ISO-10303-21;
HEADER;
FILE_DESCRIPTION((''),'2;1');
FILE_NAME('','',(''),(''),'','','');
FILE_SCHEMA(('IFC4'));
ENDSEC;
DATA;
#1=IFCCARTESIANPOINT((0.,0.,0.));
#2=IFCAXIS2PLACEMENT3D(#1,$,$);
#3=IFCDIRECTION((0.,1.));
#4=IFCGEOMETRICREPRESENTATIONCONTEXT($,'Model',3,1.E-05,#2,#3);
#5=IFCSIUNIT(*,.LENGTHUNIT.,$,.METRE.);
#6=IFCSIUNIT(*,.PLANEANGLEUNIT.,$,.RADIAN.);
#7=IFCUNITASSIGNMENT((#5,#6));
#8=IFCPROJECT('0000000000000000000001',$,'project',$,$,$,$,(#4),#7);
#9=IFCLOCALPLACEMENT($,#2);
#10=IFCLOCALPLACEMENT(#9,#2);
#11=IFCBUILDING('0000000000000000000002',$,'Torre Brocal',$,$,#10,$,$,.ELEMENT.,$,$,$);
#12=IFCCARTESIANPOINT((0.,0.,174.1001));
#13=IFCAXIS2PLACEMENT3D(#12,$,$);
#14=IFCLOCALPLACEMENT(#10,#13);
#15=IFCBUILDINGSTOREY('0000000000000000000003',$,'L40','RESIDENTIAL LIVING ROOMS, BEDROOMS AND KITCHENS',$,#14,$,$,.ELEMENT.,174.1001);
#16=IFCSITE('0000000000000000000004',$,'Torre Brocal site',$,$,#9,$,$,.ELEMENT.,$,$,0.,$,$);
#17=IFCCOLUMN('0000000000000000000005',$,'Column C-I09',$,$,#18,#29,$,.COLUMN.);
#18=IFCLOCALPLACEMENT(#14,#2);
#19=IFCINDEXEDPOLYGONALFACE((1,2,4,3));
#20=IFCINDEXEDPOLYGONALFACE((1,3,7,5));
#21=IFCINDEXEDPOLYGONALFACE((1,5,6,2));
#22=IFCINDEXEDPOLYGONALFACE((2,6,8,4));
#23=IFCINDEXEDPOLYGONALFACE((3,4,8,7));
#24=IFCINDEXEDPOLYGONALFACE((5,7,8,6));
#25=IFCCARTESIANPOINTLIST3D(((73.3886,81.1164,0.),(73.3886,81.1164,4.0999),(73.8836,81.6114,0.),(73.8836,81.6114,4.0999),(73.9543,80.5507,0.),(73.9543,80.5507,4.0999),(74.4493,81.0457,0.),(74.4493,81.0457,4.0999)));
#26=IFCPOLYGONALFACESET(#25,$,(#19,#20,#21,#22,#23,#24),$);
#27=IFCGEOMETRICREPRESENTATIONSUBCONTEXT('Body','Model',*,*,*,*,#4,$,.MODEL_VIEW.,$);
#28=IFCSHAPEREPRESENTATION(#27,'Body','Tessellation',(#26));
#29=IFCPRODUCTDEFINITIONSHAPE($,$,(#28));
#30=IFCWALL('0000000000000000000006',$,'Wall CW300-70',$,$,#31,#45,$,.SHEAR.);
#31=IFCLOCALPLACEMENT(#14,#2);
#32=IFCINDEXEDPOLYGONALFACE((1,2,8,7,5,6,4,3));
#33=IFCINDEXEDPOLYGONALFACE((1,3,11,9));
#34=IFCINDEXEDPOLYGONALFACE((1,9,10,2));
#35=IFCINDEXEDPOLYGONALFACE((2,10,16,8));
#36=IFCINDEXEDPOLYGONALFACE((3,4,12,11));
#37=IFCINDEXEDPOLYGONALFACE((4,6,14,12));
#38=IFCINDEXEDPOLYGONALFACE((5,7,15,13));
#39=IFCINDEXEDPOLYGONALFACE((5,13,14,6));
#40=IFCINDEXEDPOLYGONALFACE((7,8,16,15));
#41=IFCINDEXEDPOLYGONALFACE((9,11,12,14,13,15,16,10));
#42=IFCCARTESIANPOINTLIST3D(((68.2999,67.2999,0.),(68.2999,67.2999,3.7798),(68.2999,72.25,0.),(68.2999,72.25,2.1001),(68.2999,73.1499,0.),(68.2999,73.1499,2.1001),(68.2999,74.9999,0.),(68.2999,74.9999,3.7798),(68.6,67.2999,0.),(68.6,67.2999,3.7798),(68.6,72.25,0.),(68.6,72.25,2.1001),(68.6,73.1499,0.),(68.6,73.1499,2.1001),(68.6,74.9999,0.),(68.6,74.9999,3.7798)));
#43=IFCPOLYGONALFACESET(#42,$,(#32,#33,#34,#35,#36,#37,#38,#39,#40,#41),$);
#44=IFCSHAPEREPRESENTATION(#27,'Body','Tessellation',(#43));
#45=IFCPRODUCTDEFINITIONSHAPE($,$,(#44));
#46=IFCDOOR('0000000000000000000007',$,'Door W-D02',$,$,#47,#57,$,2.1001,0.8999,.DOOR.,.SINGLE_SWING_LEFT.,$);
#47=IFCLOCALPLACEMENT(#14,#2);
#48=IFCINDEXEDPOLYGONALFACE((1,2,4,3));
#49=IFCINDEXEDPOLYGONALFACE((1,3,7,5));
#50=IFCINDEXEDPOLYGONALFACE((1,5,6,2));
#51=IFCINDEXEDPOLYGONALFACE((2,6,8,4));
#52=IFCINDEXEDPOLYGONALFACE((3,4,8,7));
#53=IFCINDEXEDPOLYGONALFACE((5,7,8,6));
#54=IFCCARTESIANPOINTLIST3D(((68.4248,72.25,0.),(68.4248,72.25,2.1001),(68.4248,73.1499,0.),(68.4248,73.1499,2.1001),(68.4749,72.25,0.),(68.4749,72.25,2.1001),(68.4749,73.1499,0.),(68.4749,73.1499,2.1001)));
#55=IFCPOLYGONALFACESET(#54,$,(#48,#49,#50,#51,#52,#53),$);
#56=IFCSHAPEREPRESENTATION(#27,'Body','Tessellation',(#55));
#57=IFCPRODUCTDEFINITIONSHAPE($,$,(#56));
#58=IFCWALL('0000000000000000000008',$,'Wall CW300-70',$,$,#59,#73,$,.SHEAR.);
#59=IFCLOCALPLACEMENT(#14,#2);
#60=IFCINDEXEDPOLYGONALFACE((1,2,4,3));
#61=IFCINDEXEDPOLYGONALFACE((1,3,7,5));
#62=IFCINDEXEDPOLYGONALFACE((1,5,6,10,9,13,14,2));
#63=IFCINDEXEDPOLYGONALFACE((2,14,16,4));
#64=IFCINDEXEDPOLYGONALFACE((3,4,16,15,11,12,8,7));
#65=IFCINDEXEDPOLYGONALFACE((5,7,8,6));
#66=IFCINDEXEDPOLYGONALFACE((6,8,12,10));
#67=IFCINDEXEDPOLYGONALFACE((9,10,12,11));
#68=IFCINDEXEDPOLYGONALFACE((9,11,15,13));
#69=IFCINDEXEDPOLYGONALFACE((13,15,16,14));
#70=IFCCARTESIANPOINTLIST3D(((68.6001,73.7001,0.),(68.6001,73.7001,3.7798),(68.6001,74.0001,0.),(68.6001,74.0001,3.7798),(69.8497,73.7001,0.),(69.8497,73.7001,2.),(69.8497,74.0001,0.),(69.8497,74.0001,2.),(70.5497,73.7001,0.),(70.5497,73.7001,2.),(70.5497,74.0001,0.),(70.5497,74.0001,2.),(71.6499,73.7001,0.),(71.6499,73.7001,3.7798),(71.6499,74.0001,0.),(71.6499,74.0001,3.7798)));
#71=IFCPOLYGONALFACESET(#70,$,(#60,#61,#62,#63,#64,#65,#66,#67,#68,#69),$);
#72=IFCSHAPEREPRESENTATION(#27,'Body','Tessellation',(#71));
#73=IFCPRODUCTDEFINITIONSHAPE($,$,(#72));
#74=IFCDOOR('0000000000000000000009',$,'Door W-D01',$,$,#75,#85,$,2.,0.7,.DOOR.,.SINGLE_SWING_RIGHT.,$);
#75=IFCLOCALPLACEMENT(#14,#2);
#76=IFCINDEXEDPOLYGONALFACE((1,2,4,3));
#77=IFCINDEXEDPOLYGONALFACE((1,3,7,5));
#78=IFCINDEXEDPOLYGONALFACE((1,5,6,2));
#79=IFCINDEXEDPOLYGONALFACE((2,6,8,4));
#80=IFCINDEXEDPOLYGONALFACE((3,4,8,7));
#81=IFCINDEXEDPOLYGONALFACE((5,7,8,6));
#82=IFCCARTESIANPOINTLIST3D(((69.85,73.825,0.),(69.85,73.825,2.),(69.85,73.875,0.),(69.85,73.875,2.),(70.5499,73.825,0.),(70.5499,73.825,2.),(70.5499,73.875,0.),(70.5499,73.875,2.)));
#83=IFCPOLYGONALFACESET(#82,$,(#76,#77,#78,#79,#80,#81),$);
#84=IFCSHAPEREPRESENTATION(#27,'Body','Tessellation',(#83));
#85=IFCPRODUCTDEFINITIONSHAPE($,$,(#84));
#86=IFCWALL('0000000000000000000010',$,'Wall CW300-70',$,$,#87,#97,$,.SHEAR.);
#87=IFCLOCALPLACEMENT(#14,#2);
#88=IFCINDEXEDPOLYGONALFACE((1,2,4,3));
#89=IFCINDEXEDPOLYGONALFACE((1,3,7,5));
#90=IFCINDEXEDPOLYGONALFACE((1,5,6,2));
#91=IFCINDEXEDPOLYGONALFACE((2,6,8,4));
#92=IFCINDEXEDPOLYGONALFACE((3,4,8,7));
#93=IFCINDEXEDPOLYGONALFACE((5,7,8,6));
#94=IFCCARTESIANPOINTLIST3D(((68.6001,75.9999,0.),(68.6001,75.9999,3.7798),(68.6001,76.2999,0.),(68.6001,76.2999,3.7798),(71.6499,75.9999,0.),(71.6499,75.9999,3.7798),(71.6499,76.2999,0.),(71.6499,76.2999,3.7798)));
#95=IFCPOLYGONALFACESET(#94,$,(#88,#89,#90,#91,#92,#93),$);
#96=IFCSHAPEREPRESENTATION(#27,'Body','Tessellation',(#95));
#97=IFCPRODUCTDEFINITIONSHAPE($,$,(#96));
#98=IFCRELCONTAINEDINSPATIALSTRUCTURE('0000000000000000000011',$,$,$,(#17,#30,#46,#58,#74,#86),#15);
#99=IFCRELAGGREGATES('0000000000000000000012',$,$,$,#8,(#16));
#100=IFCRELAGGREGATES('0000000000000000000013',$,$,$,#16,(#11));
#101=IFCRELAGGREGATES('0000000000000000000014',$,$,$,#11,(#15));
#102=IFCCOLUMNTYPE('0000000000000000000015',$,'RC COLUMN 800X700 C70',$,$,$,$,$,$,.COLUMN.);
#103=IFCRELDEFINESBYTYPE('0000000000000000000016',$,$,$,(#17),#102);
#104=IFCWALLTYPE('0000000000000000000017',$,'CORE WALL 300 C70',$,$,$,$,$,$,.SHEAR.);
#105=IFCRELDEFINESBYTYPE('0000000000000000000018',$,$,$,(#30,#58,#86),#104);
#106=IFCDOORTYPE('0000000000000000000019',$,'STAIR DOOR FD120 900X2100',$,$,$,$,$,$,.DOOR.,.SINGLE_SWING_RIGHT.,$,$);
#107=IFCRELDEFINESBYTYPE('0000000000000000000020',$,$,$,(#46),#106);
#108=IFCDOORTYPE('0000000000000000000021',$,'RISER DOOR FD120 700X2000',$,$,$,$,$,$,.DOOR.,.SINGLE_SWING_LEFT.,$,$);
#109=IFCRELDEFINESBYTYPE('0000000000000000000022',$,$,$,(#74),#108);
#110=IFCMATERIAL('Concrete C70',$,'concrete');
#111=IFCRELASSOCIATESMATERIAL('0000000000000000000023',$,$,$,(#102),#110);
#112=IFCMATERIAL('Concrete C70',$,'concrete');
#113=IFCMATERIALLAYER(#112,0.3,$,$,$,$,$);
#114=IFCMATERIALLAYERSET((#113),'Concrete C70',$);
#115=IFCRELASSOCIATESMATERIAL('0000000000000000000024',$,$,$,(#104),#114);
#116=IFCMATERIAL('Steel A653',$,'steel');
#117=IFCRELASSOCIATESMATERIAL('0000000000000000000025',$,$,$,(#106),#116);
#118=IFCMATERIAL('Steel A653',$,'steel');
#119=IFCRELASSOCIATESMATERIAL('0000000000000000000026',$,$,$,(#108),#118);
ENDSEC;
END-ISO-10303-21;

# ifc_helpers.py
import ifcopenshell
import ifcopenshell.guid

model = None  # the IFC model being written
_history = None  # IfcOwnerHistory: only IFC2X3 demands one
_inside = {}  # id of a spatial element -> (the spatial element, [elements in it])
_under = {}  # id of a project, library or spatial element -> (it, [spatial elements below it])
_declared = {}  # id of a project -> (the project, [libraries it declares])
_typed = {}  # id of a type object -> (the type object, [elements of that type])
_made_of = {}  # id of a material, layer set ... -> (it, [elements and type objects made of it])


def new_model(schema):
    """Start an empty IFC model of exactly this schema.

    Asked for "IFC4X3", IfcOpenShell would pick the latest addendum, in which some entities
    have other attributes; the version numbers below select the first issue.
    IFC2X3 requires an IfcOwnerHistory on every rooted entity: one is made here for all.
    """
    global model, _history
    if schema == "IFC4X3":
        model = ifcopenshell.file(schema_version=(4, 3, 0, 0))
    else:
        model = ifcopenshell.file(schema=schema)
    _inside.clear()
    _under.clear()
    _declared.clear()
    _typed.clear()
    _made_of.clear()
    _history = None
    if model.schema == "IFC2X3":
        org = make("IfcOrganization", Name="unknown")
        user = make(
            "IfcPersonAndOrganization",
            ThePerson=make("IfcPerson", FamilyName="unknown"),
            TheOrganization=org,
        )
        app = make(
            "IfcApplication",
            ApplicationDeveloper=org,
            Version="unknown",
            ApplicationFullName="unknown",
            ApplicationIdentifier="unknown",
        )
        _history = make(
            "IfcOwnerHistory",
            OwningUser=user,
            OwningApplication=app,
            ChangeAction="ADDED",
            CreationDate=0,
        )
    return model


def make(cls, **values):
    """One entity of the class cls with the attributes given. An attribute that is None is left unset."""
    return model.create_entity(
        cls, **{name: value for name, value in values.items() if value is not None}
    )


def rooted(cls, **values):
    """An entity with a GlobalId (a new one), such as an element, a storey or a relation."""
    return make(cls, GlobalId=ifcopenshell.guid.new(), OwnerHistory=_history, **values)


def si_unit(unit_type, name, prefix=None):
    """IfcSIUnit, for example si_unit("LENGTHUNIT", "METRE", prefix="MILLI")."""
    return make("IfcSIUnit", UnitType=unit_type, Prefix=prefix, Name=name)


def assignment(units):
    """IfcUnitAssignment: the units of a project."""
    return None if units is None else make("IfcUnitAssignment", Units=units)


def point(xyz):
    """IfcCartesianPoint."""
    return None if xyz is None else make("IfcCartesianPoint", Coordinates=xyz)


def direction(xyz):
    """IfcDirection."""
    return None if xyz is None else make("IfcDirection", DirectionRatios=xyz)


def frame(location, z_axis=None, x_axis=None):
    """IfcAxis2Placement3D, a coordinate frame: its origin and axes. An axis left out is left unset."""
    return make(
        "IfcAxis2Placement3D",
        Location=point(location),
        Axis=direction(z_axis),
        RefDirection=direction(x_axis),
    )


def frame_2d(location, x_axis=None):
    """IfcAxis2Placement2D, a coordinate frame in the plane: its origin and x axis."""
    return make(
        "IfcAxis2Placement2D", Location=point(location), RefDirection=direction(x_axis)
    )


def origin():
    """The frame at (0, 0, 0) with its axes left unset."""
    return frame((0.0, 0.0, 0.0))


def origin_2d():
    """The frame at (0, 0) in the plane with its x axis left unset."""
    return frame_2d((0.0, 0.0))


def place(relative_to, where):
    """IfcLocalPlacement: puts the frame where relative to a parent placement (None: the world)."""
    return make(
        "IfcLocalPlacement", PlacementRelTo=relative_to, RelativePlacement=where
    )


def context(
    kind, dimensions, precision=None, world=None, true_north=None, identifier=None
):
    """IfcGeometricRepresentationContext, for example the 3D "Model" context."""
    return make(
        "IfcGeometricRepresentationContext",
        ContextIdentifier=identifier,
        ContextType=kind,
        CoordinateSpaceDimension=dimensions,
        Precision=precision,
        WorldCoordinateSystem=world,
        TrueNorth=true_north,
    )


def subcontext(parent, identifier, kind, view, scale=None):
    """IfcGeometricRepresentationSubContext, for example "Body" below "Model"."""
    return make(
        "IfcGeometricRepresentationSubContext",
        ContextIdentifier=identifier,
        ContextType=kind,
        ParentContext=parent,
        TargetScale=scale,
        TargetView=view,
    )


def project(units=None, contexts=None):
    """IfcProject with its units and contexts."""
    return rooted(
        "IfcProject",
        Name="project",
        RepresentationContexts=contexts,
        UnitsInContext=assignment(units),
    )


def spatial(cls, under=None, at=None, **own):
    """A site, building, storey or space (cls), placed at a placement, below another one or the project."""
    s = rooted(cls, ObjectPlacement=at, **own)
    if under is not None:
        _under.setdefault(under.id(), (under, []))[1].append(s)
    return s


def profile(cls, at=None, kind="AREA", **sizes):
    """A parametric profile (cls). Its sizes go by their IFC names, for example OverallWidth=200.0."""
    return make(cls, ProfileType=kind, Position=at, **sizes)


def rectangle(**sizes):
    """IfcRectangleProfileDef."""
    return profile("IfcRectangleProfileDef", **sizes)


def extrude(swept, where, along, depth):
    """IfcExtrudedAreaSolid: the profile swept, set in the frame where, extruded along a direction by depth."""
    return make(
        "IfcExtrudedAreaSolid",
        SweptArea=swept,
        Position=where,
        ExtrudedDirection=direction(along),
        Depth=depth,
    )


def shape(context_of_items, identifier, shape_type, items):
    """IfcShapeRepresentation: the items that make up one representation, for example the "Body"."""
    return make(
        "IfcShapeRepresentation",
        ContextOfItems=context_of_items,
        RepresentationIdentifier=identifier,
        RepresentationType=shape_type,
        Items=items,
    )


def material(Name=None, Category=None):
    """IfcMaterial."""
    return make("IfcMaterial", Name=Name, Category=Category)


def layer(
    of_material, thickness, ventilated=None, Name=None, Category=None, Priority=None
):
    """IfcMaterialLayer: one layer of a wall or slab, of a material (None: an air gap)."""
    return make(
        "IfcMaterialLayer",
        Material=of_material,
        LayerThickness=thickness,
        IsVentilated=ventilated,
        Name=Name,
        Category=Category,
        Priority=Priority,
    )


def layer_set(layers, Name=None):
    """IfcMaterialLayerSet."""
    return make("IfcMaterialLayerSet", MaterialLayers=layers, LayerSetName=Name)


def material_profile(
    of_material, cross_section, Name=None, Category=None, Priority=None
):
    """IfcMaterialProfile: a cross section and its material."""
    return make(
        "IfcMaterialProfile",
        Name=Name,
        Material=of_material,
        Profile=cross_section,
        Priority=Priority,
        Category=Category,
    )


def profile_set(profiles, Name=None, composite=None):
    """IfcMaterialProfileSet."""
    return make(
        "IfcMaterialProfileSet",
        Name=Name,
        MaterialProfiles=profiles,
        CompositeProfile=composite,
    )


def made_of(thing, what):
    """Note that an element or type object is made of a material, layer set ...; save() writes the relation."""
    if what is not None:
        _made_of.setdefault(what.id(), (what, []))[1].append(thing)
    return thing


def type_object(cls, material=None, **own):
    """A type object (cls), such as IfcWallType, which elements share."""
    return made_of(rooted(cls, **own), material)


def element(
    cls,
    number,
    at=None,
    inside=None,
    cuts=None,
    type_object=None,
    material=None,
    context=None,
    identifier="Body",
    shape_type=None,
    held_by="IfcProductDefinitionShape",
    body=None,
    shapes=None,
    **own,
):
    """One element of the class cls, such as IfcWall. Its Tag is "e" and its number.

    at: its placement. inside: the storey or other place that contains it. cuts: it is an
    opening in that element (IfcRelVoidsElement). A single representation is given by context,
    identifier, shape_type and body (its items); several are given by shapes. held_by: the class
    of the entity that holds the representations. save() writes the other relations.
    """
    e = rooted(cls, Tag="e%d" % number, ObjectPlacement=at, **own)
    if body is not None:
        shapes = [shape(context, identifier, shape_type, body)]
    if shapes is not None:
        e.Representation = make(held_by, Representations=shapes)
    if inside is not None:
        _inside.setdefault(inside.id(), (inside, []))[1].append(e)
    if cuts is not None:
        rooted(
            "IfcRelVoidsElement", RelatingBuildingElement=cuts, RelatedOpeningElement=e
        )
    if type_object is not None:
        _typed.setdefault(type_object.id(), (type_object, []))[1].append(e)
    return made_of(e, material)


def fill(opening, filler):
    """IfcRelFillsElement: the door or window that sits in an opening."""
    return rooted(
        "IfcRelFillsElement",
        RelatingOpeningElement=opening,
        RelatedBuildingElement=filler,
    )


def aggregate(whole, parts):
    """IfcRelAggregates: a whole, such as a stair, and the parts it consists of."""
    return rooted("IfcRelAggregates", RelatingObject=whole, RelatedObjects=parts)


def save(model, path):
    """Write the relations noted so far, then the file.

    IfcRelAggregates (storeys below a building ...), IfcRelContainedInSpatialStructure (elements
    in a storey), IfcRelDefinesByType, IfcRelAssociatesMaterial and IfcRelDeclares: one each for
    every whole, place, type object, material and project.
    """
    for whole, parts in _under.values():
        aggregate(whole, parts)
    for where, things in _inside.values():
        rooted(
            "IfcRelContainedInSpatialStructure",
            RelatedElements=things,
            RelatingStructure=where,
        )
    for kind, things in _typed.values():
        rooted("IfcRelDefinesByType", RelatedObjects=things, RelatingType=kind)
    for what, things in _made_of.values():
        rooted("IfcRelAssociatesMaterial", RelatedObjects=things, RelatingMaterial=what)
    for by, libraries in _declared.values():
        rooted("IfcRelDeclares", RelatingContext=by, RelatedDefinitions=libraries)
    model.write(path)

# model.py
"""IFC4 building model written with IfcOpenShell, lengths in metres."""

from ifc_helpers import new_model, si_unit, direction, frame, frame_2d, origin, origin_2d, place, context, subcontext, project, spatial, rectangle, extrude, material, layer, layer_set, material_profile, profile_set, type_object, element, fill, save


model = new_model("IFC4")

# Units and contexts
model_context = context("Model", 3, precision=1e-05, world=origin(), true_north=direction((0.0, 1.0)))
body_context = subcontext(model_context, "Body", "Model", "MODEL_VIEW")
ifc_project = project(units=[si_unit("LENGTHUNIT", "METRE"), si_unit("PLANEANGLEUNIT", "RADIAN")], contexts=[model_context])

# Site, building, storey
site_placement = place(None, origin())
site = spatial("IfcSite", under=ifc_project, at=site_placement, Name="Torre Brocal site", CompositionType="ELEMENT", RefElevation=0.0)
building_placement = place(site_placement, origin())
building = spatial("IfcBuilding", under=site, at=building_placement, Name="Torre Brocal", CompositionType="ELEMENT")
storey_placement = place(building_placement, frame((0.0, 0.0, 174.1001)))
storey = spatial("IfcBuildingStorey", under=building, at=storey_placement, Name="L40", Description="RESIDENTIAL LIVING ROOMS, BEDROOMS AND KITCHENS", CompositionType="ELEMENT", Elevation=174.1001)

# Column
ifc_material_1 = material(Name="Concrete C70", Category="concrete")
ifc_material_profile = material_profile(ifc_material_1, rectangle(XDim=0.8, YDim=0.7, at=origin_2d()), Name="RC 800X700")
ifc_profile_set = profile_set([ifc_material_profile], Name="Concrete C70")
column_type = type_object("IfcColumnType", Name="RC COLUMN 800X700 C70", PredefinedType="COLUMN", material=ifc_profile_set)
column_placement = place(storey_placement, frame((73.9189, 81.0811, 0.0), z_axis=(0.0, 0.0, 1.0), x_axis=(-0.707107, 0.707107, 0.0)))
element("IfcColumn", 1, at=column_placement, inside=storey, type_object=column_type, Name="Column C-I09", PredefinedType="COLUMN", context=body_context, shape_type="SweptSolid", body=[
    extrude(rectangle(XDim=0.8, YDim=0.7, at=origin_2d()), origin(), (0.0, 0.0, 1.0), 4.0999),
])

# Walls, openings, doors
ifc_material_2 = material(Name="Concrete C70", Category="concrete")
ifc_layer_1 = layer(ifc_material_2, 0.3)
ifc_layer_set_1 = layer_set([ifc_layer_1], Name="Concrete C70")
wall_type_1 = type_object("IfcWallType", Name="CORE WALL 300 C70", PredefinedType="SHEAR", material=ifc_layer_set_1)
wall_1_placement = place(storey_placement, frame((68.45, 75.0, 0.0), z_axis=(0.0, 0.0, 1.0), x_axis=(0.0, -1.0, 0.0)))
wall_1 = element("IfcWall", 2, at=wall_1_placement, inside=storey, type_object=wall_type_1, Name="Wall CW300-70", PredefinedType="SHEAR", context=body_context, shape_type="SweptSolid", body=[
    extrude(rectangle(XDim=7.7, YDim=0.3, at=frame_2d((3.8501, 0.0))), origin(), (0.0, 0.0, 1.0), 3.7798),
])
opening_1_placement = place(wall_1_placement, frame((1.8501, 0.0, 0.0)))
opening_1 = element("IfcOpeningElement", 3, at=opening_1_placement, cuts=wall_1, PredefinedType="OPENING", context=body_context, shape_type="SweptSolid", body=[
    extrude(rectangle(XDim=0.8999, YDim=2.1001, at=frame_2d((0.45, 1.05))), frame((0.0, 0.1599, 0.0), z_axis=(0.0, -1.0, 0.0), x_axis=(1.0, 0.0, 0.0)), (0.0, 0.0, 1.0), 0.3201),
])
ifc_material_3 = material(Name="Steel A653", Category="steel")
door_type_1 = type_object("IfcDoorType", Name="STAIR DOOR FD120 900X2100", OperationType="SINGLE_SWING_RIGHT", PredefinedType="DOOR", material=ifc_material_3)
door_1_placement = place(opening_1_placement, origin())
door_1 = element("IfcDoor", 4, at=door_1_placement, inside=storey, type_object=door_type_1, Name="Door W-D02", OperationType="SINGLE_SWING_LEFT", OverallHeight=2.1001, OverallWidth=0.8999, PredefinedType="DOOR", context=body_context, shape_type="SweptSolid", body=[
    extrude(rectangle(XDim=0.8999, YDim=2.1001, at=frame_2d((0.45, 1.05))), frame((0.0, 0.0249, 0.0), z_axis=(0.0, -1.0, 0.0), x_axis=(1.0, 0.0, 0.0)), (0.0, 0.0, 1.0), 0.05),
])
fill(opening_1, door_1)
wall_2_placement = place(storey_placement, frame((71.6499, 73.8501, 0.0), z_axis=(0.0, 0.0, 1.0), x_axis=(-1.0, 0.0, 0.0)))
wall_2 = element("IfcWall", 5, at=wall_2_placement, inside=storey, type_object=wall_type_1, Name="Wall CW300-70", PredefinedType="SHEAR", context=body_context, shape_type="SweptSolid", body=[
    extrude(rectangle(XDim=3.0498, YDim=0.3, at=frame_2d((1.5249, 0.0))), origin(), (0.0, 0.0, 1.0), 3.7798),
])
opening_2_placement = place(wall_2_placement, frame((1.1001, 0.0, 0.0)))
opening_2 = element("IfcOpeningElement", 6, at=opening_2_placement, cuts=wall_2, PredefinedType="OPENING", context=body_context, shape_type="SweptSolid", body=[
    extrude(rectangle(XDim=0.7, YDim=2.0, at=frame_2d((0.3501, 1.0))), frame((0.0, 0.1599, 0.0), z_axis=(0.0, -1.0, 0.0), x_axis=(1.0, 0.0, 0.0)), (0.0, 0.0, 1.0), 0.3201),
])
ifc_material_4 = material(Name="Steel A653", Category="steel")
door_type_2 = type_object("IfcDoorType", Name="RISER DOOR FD120 700X2000", OperationType="SINGLE_SWING_LEFT", PredefinedType="DOOR", material=ifc_material_4)
door_2_placement = place(opening_2_placement, frame((0.7, 0.0, 0.0), z_axis=(0.0, 0.0, 1.0), x_axis=(-1.0, 0.0, 0.0)))
door_2 = element("IfcDoor", 7, at=door_2_placement, inside=storey, type_object=door_type_2, Name="Door W-D01", OperationType="SINGLE_SWING_RIGHT", OverallHeight=2.0, OverallWidth=0.7, PredefinedType="DOOR", context=body_context, shape_type="SweptSolid", body=[
    extrude(rectangle(XDim=0.7, YDim=2.0, at=frame_2d((0.3501, 1.0))), frame((0.0, 0.0249, 0.0), z_axis=(0.0, -1.0, 0.0), x_axis=(1.0, 0.0, 0.0)), (0.0, 0.0, 1.0), 0.05),
])
fill(opening_2, door_2)

# Wall
wall_3_placement = place(storey_placement, frame((71.6499, 76.1499, 0.0), z_axis=(0.0, 0.0, 1.0), x_axis=(-1.0, 0.0, 0.0)))
element("IfcWall", 8, at=wall_3_placement, inside=storey, type_object=wall_type_1, Name="Wall CW300-70", PredefinedType="SHEAR", context=body_context, shape_type="SweptSolid", body=[
    extrude(rectangle(XDim=3.0498, YDim=0.3, at=frame_2d((1.5249, 0.0))), origin(), (0.0, 0.0, 1.0), 3.7798),
])

save(model, "model.ifc")
